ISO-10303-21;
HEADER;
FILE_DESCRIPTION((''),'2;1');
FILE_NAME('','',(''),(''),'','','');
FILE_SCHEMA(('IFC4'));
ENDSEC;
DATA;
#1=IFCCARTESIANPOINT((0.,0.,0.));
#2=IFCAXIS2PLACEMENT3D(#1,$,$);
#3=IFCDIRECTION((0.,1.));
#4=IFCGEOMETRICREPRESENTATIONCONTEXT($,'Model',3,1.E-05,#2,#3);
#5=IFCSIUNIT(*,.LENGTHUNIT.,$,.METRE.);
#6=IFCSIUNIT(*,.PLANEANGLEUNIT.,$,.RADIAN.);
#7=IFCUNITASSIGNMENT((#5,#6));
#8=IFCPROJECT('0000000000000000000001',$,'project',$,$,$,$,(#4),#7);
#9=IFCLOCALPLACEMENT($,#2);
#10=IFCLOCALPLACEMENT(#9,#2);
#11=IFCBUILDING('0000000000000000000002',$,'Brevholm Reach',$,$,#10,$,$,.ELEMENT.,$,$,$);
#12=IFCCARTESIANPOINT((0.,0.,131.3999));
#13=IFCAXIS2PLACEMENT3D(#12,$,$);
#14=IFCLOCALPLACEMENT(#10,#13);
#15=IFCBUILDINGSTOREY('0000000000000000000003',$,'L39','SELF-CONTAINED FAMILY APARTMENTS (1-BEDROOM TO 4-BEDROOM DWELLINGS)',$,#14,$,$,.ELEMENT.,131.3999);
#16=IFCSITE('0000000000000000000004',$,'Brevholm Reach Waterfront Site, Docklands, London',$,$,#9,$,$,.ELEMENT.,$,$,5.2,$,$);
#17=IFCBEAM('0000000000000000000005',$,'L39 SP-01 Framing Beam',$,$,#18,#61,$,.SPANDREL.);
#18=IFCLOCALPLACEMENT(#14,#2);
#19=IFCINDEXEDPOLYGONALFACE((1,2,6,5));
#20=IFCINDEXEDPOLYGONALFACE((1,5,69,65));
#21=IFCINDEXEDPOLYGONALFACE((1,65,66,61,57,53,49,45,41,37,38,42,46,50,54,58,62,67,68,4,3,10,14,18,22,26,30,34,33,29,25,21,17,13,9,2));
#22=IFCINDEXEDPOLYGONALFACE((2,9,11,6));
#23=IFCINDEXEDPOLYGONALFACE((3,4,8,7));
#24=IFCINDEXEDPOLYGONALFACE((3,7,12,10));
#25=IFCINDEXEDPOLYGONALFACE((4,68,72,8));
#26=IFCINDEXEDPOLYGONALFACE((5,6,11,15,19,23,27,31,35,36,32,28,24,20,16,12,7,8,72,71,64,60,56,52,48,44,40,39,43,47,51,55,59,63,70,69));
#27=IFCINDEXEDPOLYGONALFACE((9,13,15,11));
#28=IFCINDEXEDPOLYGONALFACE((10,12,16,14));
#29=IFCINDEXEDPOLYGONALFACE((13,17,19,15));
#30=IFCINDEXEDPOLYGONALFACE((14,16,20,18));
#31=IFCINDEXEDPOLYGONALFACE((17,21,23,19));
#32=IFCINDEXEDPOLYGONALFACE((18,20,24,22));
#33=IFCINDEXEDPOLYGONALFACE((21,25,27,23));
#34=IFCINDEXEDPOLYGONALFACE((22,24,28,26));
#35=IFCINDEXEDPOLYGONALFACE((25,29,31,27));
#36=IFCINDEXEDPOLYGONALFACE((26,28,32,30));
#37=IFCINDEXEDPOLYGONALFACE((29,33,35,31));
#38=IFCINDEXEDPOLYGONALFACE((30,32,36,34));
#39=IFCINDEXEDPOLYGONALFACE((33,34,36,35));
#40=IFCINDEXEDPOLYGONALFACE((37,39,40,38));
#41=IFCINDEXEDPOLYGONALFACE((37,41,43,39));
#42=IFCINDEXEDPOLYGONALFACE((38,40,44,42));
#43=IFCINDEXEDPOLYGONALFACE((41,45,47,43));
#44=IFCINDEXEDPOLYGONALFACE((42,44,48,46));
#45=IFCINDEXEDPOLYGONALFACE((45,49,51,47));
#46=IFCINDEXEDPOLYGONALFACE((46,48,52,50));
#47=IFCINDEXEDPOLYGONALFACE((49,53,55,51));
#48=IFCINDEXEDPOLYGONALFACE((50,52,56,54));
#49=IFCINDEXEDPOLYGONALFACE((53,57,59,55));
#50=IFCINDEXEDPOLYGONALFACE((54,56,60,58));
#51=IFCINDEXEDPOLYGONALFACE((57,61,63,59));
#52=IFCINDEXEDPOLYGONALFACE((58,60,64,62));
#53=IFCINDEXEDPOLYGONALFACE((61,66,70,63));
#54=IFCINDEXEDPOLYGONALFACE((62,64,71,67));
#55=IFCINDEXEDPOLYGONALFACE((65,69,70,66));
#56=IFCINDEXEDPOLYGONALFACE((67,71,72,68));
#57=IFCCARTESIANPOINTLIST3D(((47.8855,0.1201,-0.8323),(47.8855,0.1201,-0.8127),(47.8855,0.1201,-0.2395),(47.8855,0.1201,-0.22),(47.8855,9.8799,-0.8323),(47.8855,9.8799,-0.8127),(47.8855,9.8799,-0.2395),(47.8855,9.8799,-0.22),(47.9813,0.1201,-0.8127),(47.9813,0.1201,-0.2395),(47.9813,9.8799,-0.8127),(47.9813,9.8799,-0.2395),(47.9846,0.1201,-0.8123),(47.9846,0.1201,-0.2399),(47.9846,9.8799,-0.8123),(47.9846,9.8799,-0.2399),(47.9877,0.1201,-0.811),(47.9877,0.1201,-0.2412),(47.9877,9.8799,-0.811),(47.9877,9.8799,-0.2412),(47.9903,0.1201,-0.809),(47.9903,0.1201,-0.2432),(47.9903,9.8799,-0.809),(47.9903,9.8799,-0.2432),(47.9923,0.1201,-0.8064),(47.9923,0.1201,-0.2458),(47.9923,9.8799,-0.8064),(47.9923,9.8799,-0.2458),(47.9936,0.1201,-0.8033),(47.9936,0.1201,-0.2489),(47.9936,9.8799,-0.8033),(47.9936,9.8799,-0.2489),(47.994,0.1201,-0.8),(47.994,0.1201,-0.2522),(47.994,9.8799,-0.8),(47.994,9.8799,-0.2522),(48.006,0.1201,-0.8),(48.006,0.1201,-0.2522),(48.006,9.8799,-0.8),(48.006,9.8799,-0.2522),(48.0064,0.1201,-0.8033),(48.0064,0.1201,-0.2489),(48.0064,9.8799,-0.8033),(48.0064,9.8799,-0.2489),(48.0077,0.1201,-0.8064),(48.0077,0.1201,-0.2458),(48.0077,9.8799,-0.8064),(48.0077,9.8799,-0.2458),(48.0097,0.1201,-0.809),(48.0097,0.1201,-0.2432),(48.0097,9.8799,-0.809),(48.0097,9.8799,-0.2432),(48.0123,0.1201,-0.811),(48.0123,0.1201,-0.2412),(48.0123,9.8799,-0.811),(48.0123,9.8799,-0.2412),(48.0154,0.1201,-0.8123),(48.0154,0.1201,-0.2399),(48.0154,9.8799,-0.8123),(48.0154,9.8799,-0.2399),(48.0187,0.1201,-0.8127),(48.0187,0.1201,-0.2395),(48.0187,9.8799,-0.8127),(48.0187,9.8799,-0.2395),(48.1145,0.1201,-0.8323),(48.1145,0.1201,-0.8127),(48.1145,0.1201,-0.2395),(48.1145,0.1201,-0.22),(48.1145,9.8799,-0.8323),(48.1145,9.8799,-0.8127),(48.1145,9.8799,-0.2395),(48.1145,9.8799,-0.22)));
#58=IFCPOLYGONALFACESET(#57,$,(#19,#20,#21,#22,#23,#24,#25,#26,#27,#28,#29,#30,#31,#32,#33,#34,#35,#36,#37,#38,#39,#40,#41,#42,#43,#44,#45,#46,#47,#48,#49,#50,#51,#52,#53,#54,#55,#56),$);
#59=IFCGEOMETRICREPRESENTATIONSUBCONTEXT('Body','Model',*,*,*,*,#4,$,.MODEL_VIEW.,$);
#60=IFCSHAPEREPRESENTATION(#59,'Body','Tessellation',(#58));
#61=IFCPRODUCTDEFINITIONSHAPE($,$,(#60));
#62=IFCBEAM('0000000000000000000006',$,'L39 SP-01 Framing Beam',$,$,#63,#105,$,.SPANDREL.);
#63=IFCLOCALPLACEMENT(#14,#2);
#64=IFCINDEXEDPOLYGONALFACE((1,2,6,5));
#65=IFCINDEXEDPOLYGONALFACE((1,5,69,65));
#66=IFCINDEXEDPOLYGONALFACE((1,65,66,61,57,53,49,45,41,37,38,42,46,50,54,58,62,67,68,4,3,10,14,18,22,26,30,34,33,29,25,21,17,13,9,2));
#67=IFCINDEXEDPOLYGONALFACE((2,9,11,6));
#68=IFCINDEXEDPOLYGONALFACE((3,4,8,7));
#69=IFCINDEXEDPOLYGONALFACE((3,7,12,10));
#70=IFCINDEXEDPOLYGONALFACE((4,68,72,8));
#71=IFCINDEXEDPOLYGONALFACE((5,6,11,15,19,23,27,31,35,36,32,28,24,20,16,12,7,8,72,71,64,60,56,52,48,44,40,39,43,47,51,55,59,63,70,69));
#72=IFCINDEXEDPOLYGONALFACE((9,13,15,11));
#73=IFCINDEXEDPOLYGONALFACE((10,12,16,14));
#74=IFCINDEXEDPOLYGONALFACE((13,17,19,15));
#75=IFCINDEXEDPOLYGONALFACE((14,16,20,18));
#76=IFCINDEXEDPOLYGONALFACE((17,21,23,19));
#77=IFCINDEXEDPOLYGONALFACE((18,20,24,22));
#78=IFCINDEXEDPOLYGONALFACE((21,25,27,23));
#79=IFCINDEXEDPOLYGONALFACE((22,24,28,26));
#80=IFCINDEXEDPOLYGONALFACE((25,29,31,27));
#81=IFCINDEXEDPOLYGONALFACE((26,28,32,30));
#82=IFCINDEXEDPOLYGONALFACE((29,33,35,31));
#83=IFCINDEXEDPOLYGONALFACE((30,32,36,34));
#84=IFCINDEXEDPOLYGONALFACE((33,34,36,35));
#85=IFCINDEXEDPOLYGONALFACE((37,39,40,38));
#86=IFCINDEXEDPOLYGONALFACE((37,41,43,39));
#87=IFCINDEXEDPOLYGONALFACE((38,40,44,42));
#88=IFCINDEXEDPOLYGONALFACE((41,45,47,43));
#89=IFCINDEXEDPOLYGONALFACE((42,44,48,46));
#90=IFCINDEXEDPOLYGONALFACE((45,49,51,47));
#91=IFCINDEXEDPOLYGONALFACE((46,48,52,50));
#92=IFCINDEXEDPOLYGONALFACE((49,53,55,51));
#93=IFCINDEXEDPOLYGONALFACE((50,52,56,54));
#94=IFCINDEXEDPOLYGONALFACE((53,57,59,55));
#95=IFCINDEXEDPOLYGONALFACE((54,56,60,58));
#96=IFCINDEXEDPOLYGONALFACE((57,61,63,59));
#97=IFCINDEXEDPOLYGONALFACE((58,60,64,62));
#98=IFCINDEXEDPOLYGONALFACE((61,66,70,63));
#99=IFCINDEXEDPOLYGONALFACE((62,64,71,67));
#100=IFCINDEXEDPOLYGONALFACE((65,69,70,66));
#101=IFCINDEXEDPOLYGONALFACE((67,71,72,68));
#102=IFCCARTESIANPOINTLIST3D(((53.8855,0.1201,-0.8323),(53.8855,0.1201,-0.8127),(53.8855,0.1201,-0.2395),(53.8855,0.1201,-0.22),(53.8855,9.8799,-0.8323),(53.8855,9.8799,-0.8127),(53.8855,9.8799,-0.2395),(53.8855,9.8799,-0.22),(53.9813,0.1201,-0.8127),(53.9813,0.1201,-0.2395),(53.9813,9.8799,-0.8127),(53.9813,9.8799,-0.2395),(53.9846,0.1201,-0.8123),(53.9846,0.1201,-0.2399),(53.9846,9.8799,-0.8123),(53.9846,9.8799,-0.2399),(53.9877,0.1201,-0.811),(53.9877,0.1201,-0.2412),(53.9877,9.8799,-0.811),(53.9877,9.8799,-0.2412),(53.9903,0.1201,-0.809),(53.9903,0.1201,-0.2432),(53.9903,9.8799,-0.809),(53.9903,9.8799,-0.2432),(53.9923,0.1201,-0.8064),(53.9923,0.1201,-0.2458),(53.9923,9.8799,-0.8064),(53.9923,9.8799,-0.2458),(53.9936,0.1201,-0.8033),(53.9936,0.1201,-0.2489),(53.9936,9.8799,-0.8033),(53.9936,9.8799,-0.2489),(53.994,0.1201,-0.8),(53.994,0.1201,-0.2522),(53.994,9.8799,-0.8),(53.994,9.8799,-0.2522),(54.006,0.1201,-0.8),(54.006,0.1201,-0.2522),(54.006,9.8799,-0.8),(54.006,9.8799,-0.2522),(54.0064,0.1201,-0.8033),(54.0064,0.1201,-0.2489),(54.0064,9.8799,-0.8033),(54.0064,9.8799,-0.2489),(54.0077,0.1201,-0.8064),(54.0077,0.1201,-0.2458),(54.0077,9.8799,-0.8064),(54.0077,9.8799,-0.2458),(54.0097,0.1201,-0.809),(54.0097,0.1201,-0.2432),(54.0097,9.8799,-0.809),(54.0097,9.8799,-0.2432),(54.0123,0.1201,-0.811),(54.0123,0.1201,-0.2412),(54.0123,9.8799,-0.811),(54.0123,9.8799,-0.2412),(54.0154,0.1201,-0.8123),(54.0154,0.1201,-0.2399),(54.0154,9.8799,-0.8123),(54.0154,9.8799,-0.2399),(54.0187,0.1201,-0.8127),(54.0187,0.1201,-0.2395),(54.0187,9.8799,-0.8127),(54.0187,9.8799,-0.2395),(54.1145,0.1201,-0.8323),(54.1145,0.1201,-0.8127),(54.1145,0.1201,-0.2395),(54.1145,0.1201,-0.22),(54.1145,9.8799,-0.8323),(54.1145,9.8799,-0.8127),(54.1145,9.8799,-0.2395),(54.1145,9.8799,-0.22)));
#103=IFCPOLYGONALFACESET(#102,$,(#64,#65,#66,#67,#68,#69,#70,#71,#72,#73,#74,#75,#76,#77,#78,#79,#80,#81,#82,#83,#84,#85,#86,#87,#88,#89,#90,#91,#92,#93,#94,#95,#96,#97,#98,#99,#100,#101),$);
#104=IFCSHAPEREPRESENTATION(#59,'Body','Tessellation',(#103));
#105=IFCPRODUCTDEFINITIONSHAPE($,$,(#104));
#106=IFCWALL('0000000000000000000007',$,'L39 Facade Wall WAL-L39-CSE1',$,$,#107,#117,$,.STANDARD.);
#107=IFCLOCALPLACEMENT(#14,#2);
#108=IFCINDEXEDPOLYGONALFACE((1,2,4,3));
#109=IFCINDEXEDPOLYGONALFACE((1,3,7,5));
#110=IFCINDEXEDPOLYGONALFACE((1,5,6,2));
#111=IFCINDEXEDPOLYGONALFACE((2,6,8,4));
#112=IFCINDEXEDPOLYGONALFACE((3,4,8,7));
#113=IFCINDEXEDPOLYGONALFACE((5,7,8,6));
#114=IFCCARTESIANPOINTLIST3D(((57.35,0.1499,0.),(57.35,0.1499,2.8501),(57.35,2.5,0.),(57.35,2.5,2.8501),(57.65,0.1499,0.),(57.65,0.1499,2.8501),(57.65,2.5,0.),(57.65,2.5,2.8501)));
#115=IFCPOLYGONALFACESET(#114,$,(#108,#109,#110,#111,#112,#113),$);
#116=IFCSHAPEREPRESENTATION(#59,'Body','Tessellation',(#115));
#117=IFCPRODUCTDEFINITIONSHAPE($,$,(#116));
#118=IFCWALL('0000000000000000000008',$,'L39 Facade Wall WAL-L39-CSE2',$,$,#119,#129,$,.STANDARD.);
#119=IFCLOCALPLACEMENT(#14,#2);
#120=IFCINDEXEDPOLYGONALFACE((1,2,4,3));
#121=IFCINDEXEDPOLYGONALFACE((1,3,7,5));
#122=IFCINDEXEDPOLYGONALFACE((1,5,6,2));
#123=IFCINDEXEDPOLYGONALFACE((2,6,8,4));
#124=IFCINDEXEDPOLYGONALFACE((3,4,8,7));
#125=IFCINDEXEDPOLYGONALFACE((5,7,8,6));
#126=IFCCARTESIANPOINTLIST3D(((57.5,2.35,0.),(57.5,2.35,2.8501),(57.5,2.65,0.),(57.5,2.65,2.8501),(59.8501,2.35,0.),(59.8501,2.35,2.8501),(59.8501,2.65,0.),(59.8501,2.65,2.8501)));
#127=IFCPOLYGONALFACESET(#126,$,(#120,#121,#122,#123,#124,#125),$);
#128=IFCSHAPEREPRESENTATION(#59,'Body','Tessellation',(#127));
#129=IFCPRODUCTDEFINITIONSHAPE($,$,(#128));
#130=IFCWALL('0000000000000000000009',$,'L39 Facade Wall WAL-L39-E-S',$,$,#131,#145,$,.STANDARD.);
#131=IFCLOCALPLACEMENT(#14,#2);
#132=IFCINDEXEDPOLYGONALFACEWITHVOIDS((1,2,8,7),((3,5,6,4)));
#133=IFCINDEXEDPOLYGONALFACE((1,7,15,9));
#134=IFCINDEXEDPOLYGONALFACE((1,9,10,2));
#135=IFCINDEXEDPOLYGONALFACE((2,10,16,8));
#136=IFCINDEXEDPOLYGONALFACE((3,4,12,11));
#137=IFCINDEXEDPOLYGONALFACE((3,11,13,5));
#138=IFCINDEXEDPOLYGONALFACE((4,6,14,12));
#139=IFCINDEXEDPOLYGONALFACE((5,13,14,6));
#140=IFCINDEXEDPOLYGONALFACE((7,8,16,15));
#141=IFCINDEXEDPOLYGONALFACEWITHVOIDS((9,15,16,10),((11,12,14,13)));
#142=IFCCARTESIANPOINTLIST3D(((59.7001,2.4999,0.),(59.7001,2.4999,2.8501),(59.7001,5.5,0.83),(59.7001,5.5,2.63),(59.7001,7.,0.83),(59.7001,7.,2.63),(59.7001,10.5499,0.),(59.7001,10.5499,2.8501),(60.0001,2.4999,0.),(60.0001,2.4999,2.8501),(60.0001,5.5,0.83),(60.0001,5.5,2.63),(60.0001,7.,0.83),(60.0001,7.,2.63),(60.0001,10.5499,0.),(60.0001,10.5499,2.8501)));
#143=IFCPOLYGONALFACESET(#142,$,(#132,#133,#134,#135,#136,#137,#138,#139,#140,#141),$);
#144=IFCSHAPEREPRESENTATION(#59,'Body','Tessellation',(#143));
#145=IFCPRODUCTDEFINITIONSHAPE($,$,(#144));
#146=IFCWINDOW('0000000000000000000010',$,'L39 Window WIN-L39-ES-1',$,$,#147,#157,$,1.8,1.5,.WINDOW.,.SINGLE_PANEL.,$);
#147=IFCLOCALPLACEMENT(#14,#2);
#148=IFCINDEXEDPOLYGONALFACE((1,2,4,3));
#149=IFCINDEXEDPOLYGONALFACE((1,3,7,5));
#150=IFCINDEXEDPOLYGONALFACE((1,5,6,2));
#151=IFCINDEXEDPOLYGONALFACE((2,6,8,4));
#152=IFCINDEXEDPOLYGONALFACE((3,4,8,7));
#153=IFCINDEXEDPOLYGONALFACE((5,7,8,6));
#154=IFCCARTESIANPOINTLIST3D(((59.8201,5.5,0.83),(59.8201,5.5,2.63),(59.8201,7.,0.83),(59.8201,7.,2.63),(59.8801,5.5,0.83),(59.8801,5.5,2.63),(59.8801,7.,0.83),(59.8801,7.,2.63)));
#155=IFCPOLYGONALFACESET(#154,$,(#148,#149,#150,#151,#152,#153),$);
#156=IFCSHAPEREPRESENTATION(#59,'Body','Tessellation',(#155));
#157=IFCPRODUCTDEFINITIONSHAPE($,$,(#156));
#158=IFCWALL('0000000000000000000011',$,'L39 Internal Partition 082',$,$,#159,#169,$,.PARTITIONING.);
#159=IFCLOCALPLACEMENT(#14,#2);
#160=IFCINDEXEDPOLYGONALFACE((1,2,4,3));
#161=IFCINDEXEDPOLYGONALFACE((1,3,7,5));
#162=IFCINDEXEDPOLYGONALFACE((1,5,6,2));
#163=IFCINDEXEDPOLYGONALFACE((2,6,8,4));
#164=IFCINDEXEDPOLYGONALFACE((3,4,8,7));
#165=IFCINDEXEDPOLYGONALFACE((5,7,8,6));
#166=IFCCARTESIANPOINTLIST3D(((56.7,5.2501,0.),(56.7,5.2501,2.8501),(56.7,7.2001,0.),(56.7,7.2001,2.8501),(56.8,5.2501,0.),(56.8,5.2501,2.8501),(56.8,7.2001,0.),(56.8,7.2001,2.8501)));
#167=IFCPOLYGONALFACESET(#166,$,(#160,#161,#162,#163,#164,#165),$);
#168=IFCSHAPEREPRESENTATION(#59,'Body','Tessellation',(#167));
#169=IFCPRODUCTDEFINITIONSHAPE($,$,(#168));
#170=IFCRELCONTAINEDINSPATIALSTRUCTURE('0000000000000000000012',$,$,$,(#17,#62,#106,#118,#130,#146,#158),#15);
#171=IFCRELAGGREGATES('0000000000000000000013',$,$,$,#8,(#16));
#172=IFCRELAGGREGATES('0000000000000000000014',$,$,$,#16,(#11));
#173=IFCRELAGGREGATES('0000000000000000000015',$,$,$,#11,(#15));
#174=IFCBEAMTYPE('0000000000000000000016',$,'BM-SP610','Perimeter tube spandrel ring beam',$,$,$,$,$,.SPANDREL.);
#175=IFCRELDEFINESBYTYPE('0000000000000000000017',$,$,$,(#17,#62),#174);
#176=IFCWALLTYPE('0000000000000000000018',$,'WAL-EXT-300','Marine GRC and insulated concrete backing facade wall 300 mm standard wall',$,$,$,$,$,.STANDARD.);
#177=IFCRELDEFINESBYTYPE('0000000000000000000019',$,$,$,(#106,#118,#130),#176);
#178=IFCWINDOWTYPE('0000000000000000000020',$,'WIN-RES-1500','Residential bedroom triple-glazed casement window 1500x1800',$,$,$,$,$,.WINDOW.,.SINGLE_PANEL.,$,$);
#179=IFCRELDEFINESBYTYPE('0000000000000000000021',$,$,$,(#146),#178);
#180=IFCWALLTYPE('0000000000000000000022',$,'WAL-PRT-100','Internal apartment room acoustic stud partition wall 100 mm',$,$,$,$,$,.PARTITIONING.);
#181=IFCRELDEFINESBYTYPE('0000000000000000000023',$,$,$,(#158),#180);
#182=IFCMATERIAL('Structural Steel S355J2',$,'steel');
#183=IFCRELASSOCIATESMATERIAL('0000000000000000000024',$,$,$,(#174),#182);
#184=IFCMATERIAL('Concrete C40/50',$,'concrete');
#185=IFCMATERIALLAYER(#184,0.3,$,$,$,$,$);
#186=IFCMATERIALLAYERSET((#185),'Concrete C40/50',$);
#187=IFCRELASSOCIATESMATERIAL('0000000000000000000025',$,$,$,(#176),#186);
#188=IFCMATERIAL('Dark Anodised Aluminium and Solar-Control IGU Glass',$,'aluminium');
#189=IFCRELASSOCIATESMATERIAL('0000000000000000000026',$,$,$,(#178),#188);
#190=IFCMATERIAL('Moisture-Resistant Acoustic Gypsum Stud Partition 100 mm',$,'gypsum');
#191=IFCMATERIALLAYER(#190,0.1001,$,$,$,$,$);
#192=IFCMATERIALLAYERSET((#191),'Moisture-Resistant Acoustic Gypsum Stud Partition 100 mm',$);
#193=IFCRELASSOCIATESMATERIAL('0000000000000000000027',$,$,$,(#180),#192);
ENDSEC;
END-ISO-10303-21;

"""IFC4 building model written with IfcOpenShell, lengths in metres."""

from ifc_helpers import new_model, si_unit, direction, frame, frame_2d, origin, origin_2d, place, context, subcontext, project, spatial, rectangle, i_section, extrude, material, layer, layer_set, material_profile, profile_set, type_object, element, fill, save


model = new_model("IFC4")

# Units and contexts
model_context = context("Model", 3, precision=1e-05, world=origin(), true_north=direction((0.0, 1.0)))
body_context = subcontext(model_context, "Body", "Model", "MODEL_VIEW")
ifc_project = project(units=[si_unit("LENGTHUNIT", "METRE"), si_unit("PLANEANGLEUNIT", "RADIAN")], contexts=[model_context])

# Site, building, storey
site_placement = place(None, origin())
site = spatial("IfcSite", under=ifc_project, at=site_placement, Name="Brevholm Reach Waterfront Site, Docklands, London", CompositionType="ELEMENT", RefElevation=5.2)
building_placement = place(site_placement, origin())
building = spatial("IfcBuilding", under=site, at=building_placement, Name="Brevholm Reach", CompositionType="ELEMENT")
storey_placement = place(building_placement, frame((0.0, 0.0, 131.3999)))
storey = spatial("IfcBuildingStorey", under=building, at=storey_placement, Name="L39", Description="SELF-CONTAINED FAMILY APARTMENTS (1-BEDROOM TO 4-BEDROOM DWELLINGS)", CompositionType="ELEMENT", Elevation=131.3999)

# Beams
ifc_material_1 = material(Name="Structural Steel S355J2", Category="steel")
ifc_material_profile_1 = material_profile(ifc_material_1, i_section(OverallWidth=0.229, OverallDepth=0.6123, WebThickness=0.012, FlangeThickness=0.0195, FilletRadius=0.0127, at=origin_2d()), Name="UKB 610x229x125")
ifc_profile_set_1 = profile_set([ifc_material_profile_1], Name="Structural Steel S355J2")
beam_type_1 = type_object("IfcBeamType", Name="BM-SP610", Description="Perimeter tube spandrel ring beam", PredefinedType="SPANDREL", material=ifc_profile_set_1)
for number, where, z_axis, x_axis, name in (
    (1, (48.0, 0.1201, -0.5261), (0.0, 1.0, 0.0), (-1.0, 0.0, 0.0), "L39 SP-01 Framing Beam"),
    (2, (54.0, 0.1201, -0.5261), (0.0, 1.0, 0.0), (-1.0, 0.0, 0.0), "L39 SP-01 Framing Beam"),
):
    element("IfcBeam", number, at=place(storey_placement, frame(where, z_axis=z_axis, x_axis=x_axis)), inside=storey, type_object=beam_type_1, Name=name, PredefinedType="SPANDREL", context=body_context, shape_type="SweptSolid", body=[
        extrude(i_section(OverallWidth=0.229, OverallDepth=0.6123, WebThickness=0.012, FlangeThickness=0.0195, FilletRadius=0.0127, at=origin_2d()), origin(), (0.0, 0.0, 1.0), 9.7598),
    ])

# Walls
ifc_material_2 = material(Name="Concrete C40/50", Category="concrete")
ifc_layer_1 = layer(ifc_material_2, 0.3)
ifc_layer_set_1 = layer_set([ifc_layer_1], Name="Concrete C40/50")
wall_type_1 = type_object("IfcWallType", Name="WAL-EXT-300", Description="Marine GRC and insulated concrete backing facade wall 300 mm standard wall", PredefinedType="STANDARD", material=ifc_layer_set_1)
for number, where, z_axis, x_axis, name in (
    (3, (57.5, 0.1499, 0.0), (0.0, 0.0, 1.0), (0.0, 1.0, 0.0), "L39 Facade Wall WAL-L39-CSE1"),
    (4, (57.5, 2.5, 0.0), (0.0, 0.0, 1.0), (1.0, 0.0, 0.0), "L39 Facade Wall WAL-L39-CSE2"),
):
    element("IfcWall", number, at=place(storey_placement, frame(where, z_axis=z_axis, x_axis=x_axis)), inside=storey, type_object=wall_type_1, Name=name, PredefinedType="STANDARD", context=body_context, shape_type="SweptSolid", body=[
        extrude(rectangle(XDim=2.3501, YDim=0.3, at=frame_2d((1.175, 0.0))), origin(), (0.0, 0.0, 1.0), 2.8501),
    ])

# Wall, opening, window
wall_1_placement = place(storey_placement, frame((59.8501, 2.5, 0.0), z_axis=(0.0, 0.0, 1.0), x_axis=(0.0, 1.0, 0.0)))
wall_1 = element("IfcWall", 5, at=wall_1_placement, inside=storey, type_object=wall_type_1, Name="L39 Facade Wall WAL-L39-E-S", PredefinedType="STANDARD", context=body_context, shape_type="SweptSolid", body=[
    extrude(rectangle(XDim=8.05, YDim=0.3, at=frame_2d((4.0249, 0.0))), origin(), (0.0, 0.0, 1.0), 2.8501),
])
opening_1_placement = place(wall_1_placement, frame((3.0, 0.0, 0.8301)))
opening_1 = element("IfcOpeningElement", 6, at=opening_1_placement, cuts=wall_1, PredefinedType="OPENING", context=body_context, shape_type="SweptSolid", body=[
    extrude(rectangle(XDim=1.5, YDim=1.8, at=frame_2d((0.75, 0.8999))), frame((0.0, 0.1599, 0.0), z_axis=(0.0, -1.0, 0.0), x_axis=(1.0, 0.0, 0.0)), (0.0, 0.0, 1.0), 0.3201),
])
ifc_material_3 = material(Name="Dark Anodised Aluminium and Solar-Control IGU Glass", Category="aluminium")
window_type = type_object("IfcWindowType", Name="WIN-RES-1500", Description="Residential bedroom triple-glazed casement window 1500x1800", PartitioningType="SINGLE_PANEL", PredefinedType="WINDOW", material=ifc_material_3)
window_placement = place(opening_1_placement, origin())
window = element("IfcWindow", 7, at=window_placement, inside=storey, type_object=window_type, Name="L39 Window WIN-L39-ES-1", OverallHeight=1.8, OverallWidth=1.5, PartitioningType="SINGLE_PANEL", PredefinedType="WINDOW", context=body_context, shape_type="SweptSolid", body=[
    extrude(rectangle(XDim=1.5, YDim=1.8, at=frame_2d((0.75, 0.8999))), frame((0.0, 0.03, 0.0), z_axis=(0.0, -1.0, 0.0), x_axis=(1.0, 0.0, 0.0)), (0.0, 0.0, 1.0), 0.0601),
])
fill(opening_1, window)

# Wall
ifc_material_4 = material(Name="Moisture-Resistant Acoustic Gypsum Stud Partition 100 mm", Category="gypsum")
ifc_layer_2 = layer(ifc_material_4, 0.1001)
ifc_layer_set_2 = layer_set([ifc_layer_2], Name="Moisture-Resistant Acoustic Gypsum Stud Partition 100 mm")
wall_type_2 = type_object("IfcWallType", Name="WAL-PRT-100", Description="Internal apartment room acoustic stud partition wall 100 mm", PredefinedType="PARTITIONING", material=ifc_layer_set_2)
wall_2_placement = place(storey_placement, frame((56.75, 5.25, 0.0), z_axis=(0.0, 0.0, 1.0), x_axis=(0.0, 1.0, 0.0)))
element("IfcWall", 8, at=wall_2_placement, inside=storey, type_object=wall_type_2, Name="L39 Internal Partition 082", PredefinedType="PARTITIONING", context=body_context, shape_type="SweptSolid", body=[
    extrude(rectangle(XDim=1.95, YDim=0.1001, at=frame_2d((0.9751, 0.0))), origin(), (0.0, 0.0, 1.0), 2.8501),
])

save(model, "model.ifc")
